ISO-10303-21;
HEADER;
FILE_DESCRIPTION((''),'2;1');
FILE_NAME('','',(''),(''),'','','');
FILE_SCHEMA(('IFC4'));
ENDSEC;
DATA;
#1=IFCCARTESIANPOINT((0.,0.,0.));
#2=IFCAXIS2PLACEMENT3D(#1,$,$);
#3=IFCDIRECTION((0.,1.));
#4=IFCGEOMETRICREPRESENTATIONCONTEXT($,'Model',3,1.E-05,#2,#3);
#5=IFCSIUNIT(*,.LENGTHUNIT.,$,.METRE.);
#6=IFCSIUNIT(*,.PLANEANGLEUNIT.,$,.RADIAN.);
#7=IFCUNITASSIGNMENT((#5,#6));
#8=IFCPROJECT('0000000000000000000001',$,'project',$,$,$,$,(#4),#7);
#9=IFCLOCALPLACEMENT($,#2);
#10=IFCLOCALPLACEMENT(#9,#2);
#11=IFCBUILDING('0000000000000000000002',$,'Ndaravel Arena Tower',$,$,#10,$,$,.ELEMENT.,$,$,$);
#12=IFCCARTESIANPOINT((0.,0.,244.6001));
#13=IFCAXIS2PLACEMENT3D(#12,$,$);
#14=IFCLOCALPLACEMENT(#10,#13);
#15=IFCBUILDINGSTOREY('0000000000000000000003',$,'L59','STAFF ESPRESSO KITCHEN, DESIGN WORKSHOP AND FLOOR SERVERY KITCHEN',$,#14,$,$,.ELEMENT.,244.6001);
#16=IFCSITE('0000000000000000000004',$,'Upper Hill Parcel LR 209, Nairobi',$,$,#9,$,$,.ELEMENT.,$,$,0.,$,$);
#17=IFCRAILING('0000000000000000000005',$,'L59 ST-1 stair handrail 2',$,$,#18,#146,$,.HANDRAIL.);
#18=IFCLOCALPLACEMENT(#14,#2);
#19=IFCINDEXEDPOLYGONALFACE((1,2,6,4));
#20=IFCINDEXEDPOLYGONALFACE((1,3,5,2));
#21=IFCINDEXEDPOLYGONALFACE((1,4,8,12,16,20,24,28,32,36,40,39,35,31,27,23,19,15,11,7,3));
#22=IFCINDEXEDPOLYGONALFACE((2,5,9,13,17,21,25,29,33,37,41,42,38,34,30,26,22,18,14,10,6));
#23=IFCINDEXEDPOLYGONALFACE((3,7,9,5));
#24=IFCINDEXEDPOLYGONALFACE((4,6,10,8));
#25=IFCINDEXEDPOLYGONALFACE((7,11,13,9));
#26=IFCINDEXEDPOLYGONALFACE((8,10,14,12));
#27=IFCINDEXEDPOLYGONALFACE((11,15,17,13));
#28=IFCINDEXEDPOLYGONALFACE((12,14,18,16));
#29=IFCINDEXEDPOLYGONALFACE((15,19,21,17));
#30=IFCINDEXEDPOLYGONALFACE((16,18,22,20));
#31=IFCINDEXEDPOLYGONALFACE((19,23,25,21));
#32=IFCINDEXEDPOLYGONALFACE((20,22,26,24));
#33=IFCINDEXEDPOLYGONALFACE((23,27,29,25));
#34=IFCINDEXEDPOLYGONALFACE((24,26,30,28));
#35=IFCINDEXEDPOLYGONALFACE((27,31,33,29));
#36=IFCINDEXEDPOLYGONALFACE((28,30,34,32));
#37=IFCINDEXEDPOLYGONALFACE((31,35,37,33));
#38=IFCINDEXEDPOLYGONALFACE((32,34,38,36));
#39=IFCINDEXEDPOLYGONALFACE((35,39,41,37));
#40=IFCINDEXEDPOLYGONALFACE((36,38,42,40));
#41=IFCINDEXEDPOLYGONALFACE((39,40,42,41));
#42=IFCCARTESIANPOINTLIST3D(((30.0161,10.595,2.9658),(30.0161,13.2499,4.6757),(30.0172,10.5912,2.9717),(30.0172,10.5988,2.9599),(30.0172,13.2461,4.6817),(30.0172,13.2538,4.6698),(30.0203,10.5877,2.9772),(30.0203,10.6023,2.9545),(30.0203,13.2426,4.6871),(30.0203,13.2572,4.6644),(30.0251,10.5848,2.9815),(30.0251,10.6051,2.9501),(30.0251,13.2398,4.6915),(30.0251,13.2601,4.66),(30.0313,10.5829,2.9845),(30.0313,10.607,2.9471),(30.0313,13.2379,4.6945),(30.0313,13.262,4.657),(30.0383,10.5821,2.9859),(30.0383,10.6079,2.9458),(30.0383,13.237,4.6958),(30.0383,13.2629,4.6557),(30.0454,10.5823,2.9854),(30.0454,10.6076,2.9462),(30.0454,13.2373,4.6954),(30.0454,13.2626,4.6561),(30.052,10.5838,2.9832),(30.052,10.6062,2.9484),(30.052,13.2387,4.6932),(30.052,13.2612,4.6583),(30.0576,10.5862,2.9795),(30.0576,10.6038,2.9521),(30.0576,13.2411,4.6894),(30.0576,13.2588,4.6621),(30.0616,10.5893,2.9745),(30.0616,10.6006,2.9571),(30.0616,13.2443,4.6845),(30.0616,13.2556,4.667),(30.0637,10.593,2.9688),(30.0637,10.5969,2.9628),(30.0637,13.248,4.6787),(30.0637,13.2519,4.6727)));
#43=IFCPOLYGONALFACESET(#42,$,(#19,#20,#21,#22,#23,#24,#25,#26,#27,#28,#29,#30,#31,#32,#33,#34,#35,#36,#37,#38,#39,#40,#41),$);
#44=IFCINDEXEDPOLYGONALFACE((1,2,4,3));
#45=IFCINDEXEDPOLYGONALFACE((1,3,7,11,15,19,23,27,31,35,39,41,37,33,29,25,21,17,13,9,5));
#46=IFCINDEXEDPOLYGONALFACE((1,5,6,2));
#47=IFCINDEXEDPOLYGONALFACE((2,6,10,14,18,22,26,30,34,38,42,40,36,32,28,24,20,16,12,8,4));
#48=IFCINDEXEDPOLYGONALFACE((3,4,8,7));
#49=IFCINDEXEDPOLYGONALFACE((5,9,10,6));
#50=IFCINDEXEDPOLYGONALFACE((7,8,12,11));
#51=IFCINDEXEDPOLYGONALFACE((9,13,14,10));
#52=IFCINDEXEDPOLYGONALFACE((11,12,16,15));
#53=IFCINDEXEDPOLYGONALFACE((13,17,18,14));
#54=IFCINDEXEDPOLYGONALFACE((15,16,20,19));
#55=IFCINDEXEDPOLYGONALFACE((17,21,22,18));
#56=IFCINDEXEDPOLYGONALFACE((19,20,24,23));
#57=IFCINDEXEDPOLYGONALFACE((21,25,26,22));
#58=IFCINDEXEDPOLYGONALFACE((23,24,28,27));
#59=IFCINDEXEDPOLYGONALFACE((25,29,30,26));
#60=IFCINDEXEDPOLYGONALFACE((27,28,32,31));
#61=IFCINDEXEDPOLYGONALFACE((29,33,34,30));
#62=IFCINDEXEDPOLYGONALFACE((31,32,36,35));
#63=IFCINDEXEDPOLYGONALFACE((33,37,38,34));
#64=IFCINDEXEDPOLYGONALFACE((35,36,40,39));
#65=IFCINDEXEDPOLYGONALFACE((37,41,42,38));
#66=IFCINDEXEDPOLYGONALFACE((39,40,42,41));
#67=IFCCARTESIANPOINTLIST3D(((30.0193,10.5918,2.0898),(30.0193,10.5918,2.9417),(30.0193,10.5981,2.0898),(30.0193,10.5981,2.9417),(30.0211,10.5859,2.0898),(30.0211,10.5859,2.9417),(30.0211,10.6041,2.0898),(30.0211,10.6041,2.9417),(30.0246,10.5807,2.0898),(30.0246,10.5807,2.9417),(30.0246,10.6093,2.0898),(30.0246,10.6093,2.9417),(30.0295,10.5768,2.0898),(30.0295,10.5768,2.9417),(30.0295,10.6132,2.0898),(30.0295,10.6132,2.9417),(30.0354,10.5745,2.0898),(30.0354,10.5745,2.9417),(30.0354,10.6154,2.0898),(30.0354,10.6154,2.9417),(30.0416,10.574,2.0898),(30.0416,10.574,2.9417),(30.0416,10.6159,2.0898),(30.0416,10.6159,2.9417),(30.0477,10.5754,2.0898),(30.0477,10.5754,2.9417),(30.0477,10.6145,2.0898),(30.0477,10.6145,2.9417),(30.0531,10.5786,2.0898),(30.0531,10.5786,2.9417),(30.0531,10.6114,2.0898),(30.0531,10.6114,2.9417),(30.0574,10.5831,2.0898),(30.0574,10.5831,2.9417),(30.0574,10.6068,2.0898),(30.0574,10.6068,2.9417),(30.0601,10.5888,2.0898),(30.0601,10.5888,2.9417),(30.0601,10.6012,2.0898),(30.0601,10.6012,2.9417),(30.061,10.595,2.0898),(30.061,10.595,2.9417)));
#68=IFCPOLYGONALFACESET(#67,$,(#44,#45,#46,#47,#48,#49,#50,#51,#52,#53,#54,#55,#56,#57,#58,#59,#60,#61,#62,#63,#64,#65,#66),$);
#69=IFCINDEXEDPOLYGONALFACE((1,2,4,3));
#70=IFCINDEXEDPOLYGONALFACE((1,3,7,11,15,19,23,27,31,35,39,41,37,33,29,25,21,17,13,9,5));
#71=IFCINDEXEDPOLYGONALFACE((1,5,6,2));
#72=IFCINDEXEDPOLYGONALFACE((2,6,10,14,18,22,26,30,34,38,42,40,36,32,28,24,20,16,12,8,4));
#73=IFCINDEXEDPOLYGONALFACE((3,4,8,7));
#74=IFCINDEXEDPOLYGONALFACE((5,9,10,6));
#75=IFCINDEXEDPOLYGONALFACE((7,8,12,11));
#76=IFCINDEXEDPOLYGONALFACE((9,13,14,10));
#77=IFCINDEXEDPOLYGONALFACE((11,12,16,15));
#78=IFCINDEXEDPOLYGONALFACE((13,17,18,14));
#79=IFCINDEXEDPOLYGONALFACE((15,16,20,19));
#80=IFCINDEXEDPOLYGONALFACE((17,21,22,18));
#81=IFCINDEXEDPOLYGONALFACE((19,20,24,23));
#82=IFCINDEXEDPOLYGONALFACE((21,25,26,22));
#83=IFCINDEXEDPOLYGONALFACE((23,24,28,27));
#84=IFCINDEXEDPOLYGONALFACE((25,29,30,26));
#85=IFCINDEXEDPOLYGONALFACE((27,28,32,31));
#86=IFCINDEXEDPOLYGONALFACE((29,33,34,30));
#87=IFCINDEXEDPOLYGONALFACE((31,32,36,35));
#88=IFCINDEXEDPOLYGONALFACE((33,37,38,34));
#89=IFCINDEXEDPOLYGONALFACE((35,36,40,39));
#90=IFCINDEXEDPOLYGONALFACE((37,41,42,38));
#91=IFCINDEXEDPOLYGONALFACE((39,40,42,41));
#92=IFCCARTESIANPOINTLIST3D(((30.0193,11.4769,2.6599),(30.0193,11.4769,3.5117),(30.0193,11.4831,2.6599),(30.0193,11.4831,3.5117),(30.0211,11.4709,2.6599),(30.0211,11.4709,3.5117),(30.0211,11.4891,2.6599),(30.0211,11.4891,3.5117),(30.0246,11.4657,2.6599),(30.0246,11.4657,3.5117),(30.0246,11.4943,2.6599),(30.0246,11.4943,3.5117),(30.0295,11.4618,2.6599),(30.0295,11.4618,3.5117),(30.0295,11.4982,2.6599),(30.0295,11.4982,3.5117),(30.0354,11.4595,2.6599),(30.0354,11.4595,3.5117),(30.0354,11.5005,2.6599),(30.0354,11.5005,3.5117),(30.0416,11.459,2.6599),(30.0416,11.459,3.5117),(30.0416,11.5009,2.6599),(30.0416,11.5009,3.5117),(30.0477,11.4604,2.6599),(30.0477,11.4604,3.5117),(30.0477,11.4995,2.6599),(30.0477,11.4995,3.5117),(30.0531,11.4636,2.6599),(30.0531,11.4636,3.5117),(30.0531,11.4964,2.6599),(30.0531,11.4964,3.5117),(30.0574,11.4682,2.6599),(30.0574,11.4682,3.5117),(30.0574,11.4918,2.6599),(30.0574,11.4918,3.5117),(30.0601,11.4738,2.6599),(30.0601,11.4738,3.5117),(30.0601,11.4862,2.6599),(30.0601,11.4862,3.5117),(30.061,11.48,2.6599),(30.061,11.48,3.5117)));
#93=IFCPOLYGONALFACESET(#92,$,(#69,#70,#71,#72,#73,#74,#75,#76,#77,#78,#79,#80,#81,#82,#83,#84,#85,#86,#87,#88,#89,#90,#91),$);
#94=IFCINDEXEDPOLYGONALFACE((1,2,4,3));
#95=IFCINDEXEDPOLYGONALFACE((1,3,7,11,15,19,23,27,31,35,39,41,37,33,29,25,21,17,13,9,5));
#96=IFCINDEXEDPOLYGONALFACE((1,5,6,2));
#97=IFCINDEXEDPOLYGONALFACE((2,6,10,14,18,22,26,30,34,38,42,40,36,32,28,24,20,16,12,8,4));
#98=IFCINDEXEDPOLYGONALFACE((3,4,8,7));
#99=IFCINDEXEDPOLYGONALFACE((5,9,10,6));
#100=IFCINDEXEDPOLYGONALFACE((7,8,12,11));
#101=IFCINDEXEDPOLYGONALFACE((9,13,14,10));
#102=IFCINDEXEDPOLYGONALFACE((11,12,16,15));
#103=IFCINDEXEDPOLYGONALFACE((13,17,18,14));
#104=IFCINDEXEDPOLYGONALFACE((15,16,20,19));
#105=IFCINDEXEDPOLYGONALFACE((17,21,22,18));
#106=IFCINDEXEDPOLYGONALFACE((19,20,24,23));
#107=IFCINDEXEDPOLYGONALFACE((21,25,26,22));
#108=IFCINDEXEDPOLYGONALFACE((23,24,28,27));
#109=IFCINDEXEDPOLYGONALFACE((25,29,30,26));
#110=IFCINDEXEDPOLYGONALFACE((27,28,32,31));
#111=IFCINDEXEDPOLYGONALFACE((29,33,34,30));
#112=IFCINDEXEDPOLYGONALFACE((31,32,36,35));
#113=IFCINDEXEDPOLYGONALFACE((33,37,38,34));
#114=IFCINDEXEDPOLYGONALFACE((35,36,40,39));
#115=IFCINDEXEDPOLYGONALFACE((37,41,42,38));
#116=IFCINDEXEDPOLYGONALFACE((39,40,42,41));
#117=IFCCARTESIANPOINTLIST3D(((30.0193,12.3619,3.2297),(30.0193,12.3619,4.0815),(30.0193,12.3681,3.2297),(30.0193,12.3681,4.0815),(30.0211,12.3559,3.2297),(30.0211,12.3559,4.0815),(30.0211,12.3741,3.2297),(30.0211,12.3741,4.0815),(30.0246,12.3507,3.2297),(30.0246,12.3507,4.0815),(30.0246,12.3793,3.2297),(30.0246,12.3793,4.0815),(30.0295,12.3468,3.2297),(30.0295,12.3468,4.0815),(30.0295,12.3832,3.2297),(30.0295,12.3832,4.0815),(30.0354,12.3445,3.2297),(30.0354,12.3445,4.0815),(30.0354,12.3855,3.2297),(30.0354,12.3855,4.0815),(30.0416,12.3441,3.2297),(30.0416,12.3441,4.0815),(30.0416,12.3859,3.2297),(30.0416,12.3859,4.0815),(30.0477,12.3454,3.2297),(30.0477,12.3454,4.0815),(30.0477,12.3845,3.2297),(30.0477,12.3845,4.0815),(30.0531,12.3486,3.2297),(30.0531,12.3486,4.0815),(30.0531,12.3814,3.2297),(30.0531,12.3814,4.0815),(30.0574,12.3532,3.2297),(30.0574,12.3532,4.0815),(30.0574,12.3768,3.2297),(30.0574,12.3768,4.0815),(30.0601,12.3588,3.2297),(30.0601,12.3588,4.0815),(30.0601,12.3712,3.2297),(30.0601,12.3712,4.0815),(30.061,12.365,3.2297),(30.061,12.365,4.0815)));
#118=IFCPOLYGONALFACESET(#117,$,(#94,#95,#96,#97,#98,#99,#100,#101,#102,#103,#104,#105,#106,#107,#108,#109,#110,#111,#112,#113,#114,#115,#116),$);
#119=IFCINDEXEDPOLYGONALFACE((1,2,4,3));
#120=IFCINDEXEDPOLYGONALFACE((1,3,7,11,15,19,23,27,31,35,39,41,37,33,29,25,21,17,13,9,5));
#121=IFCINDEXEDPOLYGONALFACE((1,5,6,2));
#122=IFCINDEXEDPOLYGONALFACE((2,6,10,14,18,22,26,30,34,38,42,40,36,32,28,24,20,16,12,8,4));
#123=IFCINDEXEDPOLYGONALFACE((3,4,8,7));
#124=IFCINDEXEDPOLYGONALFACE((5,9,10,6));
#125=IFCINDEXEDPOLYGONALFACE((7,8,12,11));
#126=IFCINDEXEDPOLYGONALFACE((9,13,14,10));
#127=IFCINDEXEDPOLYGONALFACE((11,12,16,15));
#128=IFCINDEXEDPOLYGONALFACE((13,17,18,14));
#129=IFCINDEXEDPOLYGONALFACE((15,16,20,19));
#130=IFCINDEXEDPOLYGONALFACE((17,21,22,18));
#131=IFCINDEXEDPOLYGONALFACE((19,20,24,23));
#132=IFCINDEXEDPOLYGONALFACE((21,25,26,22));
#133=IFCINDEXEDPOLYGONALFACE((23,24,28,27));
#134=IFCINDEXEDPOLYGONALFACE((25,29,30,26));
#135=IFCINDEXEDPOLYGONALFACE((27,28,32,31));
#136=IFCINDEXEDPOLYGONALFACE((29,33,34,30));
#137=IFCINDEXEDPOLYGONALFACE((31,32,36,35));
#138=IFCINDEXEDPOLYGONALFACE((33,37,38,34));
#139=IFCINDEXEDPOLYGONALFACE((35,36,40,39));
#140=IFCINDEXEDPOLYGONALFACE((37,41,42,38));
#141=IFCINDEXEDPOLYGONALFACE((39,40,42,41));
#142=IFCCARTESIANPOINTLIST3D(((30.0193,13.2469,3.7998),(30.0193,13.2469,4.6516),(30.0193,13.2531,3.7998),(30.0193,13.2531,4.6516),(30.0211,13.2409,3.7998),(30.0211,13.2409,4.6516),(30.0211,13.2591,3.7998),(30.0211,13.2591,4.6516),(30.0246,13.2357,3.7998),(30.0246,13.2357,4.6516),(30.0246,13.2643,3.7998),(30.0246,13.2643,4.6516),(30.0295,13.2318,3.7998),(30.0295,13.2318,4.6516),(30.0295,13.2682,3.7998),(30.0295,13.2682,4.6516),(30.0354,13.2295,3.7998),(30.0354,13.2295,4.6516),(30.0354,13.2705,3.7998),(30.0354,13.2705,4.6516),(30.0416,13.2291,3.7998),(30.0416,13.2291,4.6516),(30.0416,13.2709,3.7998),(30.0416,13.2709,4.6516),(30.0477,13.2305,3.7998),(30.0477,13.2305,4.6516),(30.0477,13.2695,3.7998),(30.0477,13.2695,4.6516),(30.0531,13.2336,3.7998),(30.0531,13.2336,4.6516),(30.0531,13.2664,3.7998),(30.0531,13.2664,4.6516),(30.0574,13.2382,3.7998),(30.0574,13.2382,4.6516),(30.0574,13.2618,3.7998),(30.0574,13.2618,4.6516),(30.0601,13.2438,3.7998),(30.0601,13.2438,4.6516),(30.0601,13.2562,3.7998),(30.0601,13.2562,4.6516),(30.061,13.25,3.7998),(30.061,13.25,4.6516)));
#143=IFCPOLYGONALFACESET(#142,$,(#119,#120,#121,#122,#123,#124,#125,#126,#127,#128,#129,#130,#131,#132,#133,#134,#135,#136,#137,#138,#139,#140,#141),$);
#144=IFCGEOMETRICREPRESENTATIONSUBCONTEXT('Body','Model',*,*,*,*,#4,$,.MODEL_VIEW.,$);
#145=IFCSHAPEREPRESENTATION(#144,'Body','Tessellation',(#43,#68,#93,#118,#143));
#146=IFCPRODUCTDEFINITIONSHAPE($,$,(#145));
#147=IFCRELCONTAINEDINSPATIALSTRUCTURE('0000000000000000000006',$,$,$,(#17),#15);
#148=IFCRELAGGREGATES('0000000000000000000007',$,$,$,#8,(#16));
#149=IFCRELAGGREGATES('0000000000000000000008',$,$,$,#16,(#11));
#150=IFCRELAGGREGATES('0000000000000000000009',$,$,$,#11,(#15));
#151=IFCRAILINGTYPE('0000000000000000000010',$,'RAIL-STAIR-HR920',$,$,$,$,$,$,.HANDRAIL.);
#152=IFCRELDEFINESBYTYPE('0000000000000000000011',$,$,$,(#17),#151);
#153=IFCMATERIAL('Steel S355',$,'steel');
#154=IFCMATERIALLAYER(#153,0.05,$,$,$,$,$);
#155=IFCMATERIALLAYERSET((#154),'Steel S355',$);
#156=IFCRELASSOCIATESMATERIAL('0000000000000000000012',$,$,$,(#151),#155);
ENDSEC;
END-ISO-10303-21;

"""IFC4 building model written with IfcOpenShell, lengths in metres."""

from ifc_helpers import new_model, si_unit, direction, frame, origin, origin_2d, place, context, subcontext, project, spatial, circle, extrude, material, layer, layer_set, type_object, element, save


model = new_model("IFC4")

# Units and contexts
model_context = context("Model", 3, precision=1e-05, world=origin(), true_north=direction((0.0, 1.0)))
body_context = subcontext(model_context, "Body", "Model", "MODEL_VIEW")
ifc_project = project(units=[si_unit("LENGTHUNIT", "METRE"), si_unit("PLANEANGLEUNIT", "RADIAN")], contexts=[model_context])

# Site, building, storey
site_placement = place(None, origin())
site = spatial("IfcSite", under=ifc_project, at=site_placement, Name="Upper Hill Parcel LR 209, Nairobi", CompositionType="ELEMENT", RefElevation=0.0)
building_placement = place(site_placement, origin())
building = spatial("IfcBuilding", under=site, at=building_placement, Name="Ndaravel Arena Tower", CompositionType="ELEMENT")
storey_placement = place(building_placement, frame((0.0, 0.0, 244.6001)))
storey = spatial("IfcBuildingStorey", under=building, at=storey_placement, Name="L59", Description="STAFF ESPRESSO KITCHEN, DESIGN WORKSHOP AND FLOOR SERVERY KITCHEN", CompositionType="ELEMENT", Elevation=244.6001)

# Railing
ifc_material_1 = material(Name="Steel S355", Category="steel")
ifc_layer_1 = layer(ifc_material_1, 0.05)
ifc_layer_set_1 = layer_set([ifc_layer_1], Name="Steel S355")
railing_type_1 = type_object("IfcRailingType", Name="RAIL-STAIR-HR920", PredefinedType="HANDRAIL", material=ifc_layer_set_1)
railing_1_placement = place(storey_placement, frame((30.04, 10.595, 2.0898)))
element("IfcRailing", 1, at=railing_1_placement, inside=storey, type_object=railing_type_1, Name="L59 ST-1 stair handrail 2", PredefinedType="HANDRAIL", context=body_context, shape_type="SweptSolid", body=[
    extrude(circle(Radius=0.0239, at=origin_2d()), frame((0.0, 0.0, 0.876), z_axis=(0.0, 0.840724, 0.541465), x_axis=(-1.0, 0.0, 0.0)), (0.0, 0.0, 1.0), 3.158),
    extrude(circle(Radius=0.021, at=origin_2d()), origin(), (0.0, 0.0, 1.0), 0.8518),
    extrude(circle(Radius=0.021, at=origin_2d()), frame((0.0, 0.885, 0.5701)), (0.0, 0.0, 1.0), 0.8518),
    extrude(circle(Radius=0.021, at=origin_2d()), frame((0.0, 1.77, 1.1399)), (0.0, 0.0, 1.0), 0.8518),
    extrude(circle(Radius=0.021, at=origin_2d()), frame((0.0, 2.655, 1.71)), (0.0, 0.0, 1.0), 0.8518),
])

save(model, "model.ifc")
